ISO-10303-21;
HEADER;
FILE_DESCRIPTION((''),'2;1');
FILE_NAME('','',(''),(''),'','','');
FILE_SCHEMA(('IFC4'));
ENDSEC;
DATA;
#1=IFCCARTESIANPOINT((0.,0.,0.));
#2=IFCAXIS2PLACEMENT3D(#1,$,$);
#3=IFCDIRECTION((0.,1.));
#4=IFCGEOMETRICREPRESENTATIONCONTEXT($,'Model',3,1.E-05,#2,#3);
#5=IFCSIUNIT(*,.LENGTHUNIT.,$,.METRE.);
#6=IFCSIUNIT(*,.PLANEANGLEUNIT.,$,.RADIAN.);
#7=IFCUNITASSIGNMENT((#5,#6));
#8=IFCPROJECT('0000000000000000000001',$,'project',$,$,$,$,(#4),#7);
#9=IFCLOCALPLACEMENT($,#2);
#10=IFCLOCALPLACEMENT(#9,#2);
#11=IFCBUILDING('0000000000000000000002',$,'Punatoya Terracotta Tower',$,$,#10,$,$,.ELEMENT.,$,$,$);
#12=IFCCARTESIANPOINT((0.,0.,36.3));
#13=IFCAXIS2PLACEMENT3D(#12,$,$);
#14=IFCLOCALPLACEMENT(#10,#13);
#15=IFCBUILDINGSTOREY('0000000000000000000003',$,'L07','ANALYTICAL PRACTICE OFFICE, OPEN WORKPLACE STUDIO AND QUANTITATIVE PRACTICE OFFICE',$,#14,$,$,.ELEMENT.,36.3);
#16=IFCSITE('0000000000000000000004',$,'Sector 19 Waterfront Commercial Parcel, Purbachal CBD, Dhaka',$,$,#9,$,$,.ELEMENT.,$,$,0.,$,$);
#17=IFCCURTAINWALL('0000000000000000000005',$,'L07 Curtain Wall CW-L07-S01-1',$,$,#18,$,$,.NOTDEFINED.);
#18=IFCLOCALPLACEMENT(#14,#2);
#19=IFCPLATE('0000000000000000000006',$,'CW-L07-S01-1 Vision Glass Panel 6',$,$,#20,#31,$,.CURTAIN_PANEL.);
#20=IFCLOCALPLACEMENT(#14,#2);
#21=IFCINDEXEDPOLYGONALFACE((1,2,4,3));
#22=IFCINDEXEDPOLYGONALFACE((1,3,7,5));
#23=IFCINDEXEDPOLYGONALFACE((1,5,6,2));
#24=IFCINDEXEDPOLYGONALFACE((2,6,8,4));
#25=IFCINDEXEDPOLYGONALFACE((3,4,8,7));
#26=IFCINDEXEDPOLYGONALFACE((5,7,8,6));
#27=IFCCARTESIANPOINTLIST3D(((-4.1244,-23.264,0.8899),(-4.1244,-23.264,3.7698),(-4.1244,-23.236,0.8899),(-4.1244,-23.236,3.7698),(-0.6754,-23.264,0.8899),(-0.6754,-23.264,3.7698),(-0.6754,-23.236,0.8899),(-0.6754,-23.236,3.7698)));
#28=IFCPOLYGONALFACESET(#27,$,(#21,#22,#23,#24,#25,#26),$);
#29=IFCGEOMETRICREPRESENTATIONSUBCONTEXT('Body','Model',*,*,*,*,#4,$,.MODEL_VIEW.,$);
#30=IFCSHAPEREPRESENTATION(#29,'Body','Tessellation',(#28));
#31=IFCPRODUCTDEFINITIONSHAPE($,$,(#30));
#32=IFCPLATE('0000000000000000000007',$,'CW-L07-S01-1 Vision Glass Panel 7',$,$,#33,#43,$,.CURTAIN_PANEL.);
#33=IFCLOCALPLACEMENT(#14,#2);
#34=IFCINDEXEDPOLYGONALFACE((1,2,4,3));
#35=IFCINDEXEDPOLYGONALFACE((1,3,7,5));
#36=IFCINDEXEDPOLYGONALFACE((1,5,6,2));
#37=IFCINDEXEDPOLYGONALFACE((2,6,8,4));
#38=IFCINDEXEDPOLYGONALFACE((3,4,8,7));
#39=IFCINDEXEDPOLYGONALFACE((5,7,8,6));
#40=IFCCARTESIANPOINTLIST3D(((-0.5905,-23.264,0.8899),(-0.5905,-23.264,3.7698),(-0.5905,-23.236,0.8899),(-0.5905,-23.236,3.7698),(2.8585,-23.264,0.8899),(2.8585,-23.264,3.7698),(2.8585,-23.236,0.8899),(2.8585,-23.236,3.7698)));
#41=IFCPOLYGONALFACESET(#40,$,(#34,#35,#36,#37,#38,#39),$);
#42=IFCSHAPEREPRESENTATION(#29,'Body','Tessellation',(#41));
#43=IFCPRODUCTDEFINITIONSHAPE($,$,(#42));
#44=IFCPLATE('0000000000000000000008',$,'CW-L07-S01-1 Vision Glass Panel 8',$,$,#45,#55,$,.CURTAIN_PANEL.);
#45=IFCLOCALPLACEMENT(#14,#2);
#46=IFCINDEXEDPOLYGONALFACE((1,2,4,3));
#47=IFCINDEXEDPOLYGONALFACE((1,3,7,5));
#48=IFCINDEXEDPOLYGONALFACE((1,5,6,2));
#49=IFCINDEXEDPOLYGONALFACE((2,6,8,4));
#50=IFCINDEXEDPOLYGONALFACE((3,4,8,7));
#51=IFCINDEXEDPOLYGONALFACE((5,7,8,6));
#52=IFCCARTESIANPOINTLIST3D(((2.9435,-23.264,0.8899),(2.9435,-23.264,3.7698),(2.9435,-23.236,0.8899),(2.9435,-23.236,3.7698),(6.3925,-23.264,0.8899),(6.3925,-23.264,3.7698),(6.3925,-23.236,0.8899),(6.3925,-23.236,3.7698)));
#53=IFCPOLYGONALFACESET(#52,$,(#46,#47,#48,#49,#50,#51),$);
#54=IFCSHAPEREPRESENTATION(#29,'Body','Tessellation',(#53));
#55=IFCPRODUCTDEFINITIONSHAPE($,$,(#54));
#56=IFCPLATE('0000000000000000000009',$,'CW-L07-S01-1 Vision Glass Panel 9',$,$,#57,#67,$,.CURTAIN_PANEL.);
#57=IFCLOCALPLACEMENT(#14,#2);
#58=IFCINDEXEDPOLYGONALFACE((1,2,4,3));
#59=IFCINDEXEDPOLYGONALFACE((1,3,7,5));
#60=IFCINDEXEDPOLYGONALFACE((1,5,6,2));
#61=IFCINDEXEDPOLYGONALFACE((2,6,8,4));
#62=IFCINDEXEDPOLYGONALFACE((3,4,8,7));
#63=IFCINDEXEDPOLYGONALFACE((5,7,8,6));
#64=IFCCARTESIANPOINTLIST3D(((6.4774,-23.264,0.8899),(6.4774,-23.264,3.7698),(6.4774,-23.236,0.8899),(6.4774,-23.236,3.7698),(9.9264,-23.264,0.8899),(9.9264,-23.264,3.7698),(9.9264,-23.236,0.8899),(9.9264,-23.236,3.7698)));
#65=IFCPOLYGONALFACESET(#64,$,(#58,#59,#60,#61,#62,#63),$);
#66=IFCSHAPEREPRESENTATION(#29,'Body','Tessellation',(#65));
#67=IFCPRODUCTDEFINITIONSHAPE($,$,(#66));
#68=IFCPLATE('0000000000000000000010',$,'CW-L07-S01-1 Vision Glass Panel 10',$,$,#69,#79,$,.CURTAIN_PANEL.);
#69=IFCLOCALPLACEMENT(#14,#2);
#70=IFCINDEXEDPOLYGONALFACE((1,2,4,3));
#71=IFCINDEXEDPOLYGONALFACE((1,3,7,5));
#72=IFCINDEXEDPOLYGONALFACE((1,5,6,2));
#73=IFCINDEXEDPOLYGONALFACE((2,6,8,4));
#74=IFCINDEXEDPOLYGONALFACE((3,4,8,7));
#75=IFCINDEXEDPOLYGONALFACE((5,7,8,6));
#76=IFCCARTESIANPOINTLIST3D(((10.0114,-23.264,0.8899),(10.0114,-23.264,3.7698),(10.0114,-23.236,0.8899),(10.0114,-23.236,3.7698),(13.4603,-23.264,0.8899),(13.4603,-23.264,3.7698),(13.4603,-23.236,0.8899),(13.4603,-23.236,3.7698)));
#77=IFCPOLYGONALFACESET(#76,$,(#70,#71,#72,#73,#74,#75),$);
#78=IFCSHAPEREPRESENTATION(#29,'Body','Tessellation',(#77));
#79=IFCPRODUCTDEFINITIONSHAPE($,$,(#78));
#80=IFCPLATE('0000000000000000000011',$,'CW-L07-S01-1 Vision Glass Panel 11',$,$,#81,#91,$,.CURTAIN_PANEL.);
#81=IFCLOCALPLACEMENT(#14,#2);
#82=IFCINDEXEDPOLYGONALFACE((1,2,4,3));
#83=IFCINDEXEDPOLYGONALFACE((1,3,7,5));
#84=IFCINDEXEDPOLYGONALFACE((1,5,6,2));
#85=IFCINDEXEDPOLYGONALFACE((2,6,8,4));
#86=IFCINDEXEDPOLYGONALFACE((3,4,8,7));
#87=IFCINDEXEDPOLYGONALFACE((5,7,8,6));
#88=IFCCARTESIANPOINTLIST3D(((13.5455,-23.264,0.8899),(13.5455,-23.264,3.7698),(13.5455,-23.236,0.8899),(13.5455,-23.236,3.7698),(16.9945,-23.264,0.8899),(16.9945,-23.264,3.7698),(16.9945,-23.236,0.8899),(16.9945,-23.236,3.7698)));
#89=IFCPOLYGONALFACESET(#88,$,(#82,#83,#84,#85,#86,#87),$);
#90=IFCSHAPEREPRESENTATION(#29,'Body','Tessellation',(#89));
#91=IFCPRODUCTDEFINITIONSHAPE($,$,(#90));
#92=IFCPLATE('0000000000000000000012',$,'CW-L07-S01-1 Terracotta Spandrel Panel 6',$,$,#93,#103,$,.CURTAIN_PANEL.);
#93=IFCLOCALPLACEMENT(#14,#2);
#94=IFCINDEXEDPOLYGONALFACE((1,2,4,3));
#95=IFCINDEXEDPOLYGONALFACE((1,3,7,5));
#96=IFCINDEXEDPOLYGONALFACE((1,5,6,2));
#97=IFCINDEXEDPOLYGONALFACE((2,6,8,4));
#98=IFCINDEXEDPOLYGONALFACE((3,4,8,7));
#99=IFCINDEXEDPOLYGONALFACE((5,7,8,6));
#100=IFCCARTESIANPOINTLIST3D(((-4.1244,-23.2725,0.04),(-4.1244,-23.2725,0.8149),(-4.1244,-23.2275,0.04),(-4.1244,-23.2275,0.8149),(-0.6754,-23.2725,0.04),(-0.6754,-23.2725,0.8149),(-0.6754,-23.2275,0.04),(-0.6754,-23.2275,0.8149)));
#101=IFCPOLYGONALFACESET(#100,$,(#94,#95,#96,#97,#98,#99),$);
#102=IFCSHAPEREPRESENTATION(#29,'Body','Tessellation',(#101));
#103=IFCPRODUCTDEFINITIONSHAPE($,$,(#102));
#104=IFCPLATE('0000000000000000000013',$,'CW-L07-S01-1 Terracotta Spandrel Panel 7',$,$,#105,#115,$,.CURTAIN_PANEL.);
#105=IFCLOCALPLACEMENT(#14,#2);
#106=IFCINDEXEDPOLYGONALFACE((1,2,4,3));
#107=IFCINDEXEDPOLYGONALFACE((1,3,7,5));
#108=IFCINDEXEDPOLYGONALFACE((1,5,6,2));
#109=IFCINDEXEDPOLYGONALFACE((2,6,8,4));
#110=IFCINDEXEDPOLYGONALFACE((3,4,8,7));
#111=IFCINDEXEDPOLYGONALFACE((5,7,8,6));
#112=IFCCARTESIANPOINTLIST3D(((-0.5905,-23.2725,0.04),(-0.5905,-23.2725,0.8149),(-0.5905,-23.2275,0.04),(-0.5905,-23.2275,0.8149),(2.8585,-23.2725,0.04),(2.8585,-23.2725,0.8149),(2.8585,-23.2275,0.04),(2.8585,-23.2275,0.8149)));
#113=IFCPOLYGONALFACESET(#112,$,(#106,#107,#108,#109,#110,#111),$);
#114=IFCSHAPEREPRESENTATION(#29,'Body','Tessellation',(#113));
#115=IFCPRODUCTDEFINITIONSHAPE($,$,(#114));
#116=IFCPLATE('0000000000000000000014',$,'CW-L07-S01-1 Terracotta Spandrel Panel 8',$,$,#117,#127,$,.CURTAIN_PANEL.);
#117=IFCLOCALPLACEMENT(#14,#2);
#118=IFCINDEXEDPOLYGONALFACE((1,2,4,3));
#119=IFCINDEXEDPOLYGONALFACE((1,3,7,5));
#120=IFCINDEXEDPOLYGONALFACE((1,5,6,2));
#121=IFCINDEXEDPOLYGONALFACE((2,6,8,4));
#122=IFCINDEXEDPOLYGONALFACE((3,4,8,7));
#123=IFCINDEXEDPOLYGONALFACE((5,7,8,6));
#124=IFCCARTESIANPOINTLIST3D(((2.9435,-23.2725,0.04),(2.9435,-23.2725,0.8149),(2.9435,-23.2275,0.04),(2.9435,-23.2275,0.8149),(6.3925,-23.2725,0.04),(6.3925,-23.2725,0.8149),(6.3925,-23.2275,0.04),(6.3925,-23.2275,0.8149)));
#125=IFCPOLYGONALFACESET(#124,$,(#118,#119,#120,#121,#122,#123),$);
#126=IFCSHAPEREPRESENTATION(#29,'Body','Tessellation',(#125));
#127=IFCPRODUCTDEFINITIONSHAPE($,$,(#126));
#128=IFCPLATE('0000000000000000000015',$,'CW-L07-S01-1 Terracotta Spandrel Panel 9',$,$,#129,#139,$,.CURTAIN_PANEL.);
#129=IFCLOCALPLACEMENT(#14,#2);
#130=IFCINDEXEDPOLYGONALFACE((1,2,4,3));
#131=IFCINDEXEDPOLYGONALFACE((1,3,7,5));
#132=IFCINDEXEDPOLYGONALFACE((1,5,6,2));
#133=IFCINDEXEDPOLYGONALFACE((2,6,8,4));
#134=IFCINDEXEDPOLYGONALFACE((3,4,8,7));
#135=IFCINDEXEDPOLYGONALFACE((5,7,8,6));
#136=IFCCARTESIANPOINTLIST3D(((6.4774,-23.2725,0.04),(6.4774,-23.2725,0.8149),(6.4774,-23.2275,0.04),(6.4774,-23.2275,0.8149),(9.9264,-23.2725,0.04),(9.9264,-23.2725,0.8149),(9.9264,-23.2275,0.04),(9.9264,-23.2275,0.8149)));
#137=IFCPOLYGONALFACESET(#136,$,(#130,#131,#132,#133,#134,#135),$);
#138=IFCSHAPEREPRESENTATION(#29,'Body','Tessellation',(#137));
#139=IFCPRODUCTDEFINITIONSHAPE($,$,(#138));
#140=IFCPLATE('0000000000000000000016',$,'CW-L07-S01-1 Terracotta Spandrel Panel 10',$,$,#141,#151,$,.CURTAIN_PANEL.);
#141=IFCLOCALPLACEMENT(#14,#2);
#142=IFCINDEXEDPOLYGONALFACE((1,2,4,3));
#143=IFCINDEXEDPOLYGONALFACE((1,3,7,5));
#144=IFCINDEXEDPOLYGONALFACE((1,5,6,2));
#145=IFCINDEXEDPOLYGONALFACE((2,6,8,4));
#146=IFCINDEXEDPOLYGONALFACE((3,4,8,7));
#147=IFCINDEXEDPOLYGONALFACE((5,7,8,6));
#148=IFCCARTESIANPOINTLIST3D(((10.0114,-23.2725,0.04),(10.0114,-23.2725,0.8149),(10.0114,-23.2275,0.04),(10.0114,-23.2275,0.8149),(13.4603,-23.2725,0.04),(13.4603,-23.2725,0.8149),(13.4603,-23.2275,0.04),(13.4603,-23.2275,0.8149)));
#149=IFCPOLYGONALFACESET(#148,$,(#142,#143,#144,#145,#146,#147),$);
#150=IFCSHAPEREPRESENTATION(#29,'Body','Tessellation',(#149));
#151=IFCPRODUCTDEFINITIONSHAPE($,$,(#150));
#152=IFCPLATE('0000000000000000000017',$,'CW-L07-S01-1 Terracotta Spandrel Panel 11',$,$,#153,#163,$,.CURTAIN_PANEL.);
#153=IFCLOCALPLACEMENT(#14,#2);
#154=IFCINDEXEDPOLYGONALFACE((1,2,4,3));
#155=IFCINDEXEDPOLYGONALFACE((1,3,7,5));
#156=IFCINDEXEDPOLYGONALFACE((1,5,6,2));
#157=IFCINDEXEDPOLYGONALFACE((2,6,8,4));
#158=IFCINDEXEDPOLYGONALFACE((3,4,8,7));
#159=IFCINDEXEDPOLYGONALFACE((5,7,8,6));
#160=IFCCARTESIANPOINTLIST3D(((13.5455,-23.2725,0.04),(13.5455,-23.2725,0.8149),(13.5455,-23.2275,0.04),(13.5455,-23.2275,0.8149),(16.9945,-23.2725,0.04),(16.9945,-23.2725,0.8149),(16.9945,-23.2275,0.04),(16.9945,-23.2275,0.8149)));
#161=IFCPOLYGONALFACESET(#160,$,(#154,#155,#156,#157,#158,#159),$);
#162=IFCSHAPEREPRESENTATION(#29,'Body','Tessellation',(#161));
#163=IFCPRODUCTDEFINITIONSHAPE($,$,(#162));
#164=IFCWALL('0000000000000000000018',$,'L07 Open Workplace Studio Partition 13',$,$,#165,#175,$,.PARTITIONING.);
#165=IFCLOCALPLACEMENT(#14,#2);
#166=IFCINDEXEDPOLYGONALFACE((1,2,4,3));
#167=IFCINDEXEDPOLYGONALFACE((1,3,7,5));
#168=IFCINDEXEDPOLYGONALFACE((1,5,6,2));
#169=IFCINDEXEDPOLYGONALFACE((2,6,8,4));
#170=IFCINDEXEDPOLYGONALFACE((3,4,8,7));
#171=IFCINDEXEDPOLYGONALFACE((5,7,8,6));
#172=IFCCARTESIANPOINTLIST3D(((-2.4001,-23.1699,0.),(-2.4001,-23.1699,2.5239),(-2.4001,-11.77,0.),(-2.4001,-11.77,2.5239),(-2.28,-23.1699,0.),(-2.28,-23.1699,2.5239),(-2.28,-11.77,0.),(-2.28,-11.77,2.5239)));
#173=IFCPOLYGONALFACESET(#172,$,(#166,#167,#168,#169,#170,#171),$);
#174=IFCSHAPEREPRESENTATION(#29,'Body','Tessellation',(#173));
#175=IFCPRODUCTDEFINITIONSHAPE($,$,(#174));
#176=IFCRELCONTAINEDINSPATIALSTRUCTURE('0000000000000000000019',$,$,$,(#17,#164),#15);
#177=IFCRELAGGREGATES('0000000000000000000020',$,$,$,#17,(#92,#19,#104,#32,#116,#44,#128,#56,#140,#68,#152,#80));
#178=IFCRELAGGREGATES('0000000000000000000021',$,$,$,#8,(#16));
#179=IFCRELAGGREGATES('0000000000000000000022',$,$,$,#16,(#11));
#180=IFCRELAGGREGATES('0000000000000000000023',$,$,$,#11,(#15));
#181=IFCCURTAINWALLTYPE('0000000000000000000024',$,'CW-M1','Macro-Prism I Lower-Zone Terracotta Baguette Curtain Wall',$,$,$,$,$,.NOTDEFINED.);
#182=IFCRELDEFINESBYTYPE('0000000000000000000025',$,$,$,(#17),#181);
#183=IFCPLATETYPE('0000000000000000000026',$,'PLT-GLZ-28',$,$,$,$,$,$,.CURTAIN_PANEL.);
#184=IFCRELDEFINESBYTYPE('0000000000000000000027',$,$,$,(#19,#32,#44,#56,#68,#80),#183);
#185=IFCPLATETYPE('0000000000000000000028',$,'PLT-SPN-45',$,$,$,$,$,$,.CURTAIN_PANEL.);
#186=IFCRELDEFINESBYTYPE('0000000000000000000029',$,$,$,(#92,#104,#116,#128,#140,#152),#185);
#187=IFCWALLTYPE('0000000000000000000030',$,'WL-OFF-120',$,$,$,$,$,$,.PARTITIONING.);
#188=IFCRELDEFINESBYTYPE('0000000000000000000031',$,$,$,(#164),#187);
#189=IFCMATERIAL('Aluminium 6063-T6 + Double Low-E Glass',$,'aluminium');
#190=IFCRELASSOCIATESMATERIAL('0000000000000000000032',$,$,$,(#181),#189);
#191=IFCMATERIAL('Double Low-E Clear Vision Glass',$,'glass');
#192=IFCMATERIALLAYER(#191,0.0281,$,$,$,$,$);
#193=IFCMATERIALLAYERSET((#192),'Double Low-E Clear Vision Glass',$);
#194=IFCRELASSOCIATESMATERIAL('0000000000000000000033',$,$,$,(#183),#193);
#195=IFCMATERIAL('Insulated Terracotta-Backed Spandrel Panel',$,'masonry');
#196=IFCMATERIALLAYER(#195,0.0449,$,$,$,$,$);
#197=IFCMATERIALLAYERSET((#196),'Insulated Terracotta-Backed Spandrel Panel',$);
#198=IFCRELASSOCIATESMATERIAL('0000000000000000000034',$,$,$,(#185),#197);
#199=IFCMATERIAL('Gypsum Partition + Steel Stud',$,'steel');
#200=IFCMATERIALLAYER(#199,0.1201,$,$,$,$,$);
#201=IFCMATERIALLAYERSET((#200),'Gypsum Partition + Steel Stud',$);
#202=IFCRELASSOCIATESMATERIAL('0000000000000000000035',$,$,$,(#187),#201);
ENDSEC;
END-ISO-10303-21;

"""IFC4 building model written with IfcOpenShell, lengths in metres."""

from ifc_helpers import new_model, si_unit, direction, frame, frame_2d, origin, origin_2d, place, context, subcontext, project, spatial, rectangle, extrude, material, layer, layer_set, type_object, element, aggregate, save


model = new_model("IFC4")

# Units and contexts
model_context = context("Model", 3, precision=1e-05, world=origin(), true_north=direction((0.0, 1.0)))
body_context = subcontext(model_context, "Body", "Model", "MODEL_VIEW")
ifc_project = project(units=[si_unit("LENGTHUNIT", "METRE"), si_unit("PLANEANGLEUNIT", "RADIAN")], contexts=[model_context])

# Site, building, storey
site_placement = place(None, origin())
site = spatial("IfcSite", under=ifc_project, at=site_placement, Name="Sector 19 Waterfront Commercial Parcel, Purbachal CBD, Dhaka", CompositionType="ELEMENT", RefElevation=0.0)
building_placement = place(site_placement, origin())
building = spatial("IfcBuilding", under=site, at=building_placement, Name="Punatoya Terracotta Tower", CompositionType="ELEMENT")
storey_placement = place(building_placement, frame((0.0, 0.0, 36.3)))
storey = spatial("IfcBuildingStorey", under=building, at=storey_placement, Name="L07", Description="ANALYTICAL PRACTICE OFFICE, OPEN WORKPLACE STUDIO AND QUANTITATIVE PRACTICE OFFICE", CompositionType="ELEMENT", Elevation=36.3)

# Curtain wall
ifc_material_1 = material(Name="Aluminium 6063-T6 + Double Low-E Glass", Category="aluminium")
curtain_wall_type = type_object("IfcCurtainWallType", Name="CW-M1", Description="Macro-Prism I Lower-Zone Terracotta Baguette Curtain Wall", PredefinedType="NOTDEFINED", material=ifc_material_1)
curtain_wall_1_placement = place(storey_placement, origin())
curtain_wall_1 = element("IfcCurtainWall", 1, at=curtain_wall_1_placement, inside=storey, type_object=curtain_wall_type, Name="L07 Curtain Wall CW-L07-S01-1", PredefinedType="NOTDEFINED")

# Plates
ifc_material_2 = material(Name="Double Low-E Clear Vision Glass", Category="glass")
ifc_layer_1 = layer(ifc_material_2, 0.0281)
ifc_layer_set_1 = layer_set([ifc_layer_1], Name="Double Low-E Clear Vision Glass")
plate_type_1 = type_object("IfcPlateType", Name="PLT-GLZ-28", PredefinedType="CURTAIN_PANEL", material=ifc_layer_set_1)
plate_1_placement = place(storey_placement, frame((-2.3999, -23.25, 0.8899), z_axis=(0.0, 0.0, 1.0), x_axis=(1.0, 0.0, 0.0)))
plate_1 = element("IfcPlate", 2, at=plate_1_placement, type_object=plate_type_1, Name="CW-L07-S01-1 Vision Glass Panel 6", PredefinedType="CURTAIN_PANEL", context=body_context, shape_type="SweptSolid", body=[
    extrude(rectangle(XDim=3.449, YDim=0.0281, at=origin_2d()), origin(), (0.0, 0.0, 1.0), 2.8799),
])
plate_2_placement = place(storey_placement, frame((1.134, -23.25, 0.8899), z_axis=(0.0, 0.0, 1.0), x_axis=(1.0, 0.0, 0.0)))
plate_2 = element("IfcPlate", 3, at=plate_2_placement, type_object=plate_type_1, Name="CW-L07-S01-1 Vision Glass Panel 7", PredefinedType="CURTAIN_PANEL", context=body_context, shape_type="SweptSolid", body=[
    extrude(rectangle(XDim=3.449, YDim=0.0281, at=origin_2d()), origin(), (0.0, 0.0, 1.0), 2.8799),
])
plate_3_placement = place(storey_placement, frame((4.668, -23.25, 0.8899), z_axis=(0.0, 0.0, 1.0), x_axis=(1.0, 0.0, 0.0)))
plate_3 = element("IfcPlate", 4, at=plate_3_placement, type_object=plate_type_1, Name="CW-L07-S01-1 Vision Glass Panel 8", PredefinedType="CURTAIN_PANEL", context=body_context, shape_type="SweptSolid", body=[
    extrude(rectangle(XDim=3.449, YDim=0.0281, at=origin_2d()), origin(), (0.0, 0.0, 1.0), 2.8799),
])
plate_4_placement = place(storey_placement, frame((8.2019, -23.25, 0.8899), z_axis=(0.0, 0.0, 1.0), x_axis=(1.0, 0.0, 0.0)))
plate_4 = element("IfcPlate", 5, at=plate_4_placement, type_object=plate_type_1, Name="CW-L07-S01-1 Vision Glass Panel 9", PredefinedType="CURTAIN_PANEL", context=body_context, shape_type="SweptSolid", body=[
    extrude(rectangle(XDim=3.449, YDim=0.0281, at=origin_2d()), origin(), (0.0, 0.0, 1.0), 2.8799),
])
plate_5_placement = place(storey_placement, frame((11.7358, -23.25, 0.8899), z_axis=(0.0, 0.0, 1.0), x_axis=(1.0, 0.0, 0.0)))
plate_5 = element("IfcPlate", 6, at=plate_5_placement, type_object=plate_type_1, Name="CW-L07-S01-1 Vision Glass Panel 10", PredefinedType="CURTAIN_PANEL", context=body_context, shape_type="SweptSolid", body=[
    extrude(rectangle(XDim=3.449, YDim=0.0281, at=origin_2d()), origin(), (0.0, 0.0, 1.0), 2.8799),
])
plate_6_placement = place(storey_placement, frame((15.27, -23.25, 0.8899), z_axis=(0.0, 0.0, 1.0), x_axis=(1.0, 0.0, 0.0)))
plate_6 = element("IfcPlate", 7, at=plate_6_placement, type_object=plate_type_1, Name="CW-L07-S01-1 Vision Glass Panel 11", PredefinedType="CURTAIN_PANEL", context=body_context, shape_type="SweptSolid", body=[
    extrude(rectangle(XDim=3.449, YDim=0.0281, at=origin_2d()), origin(), (0.0, 0.0, 1.0), 2.8799),
])
ifc_material_3 = material(Name="Insulated Terracotta-Backed Spandrel Panel", Category="masonry")
ifc_layer_2 = layer(ifc_material_3, 0.0449)
ifc_layer_set_2 = layer_set([ifc_layer_2], Name="Insulated Terracotta-Backed Spandrel Panel")
plate_type_2 = type_object("IfcPlateType", Name="PLT-SPN-45", PredefinedType="CURTAIN_PANEL", material=ifc_layer_set_2)
plate_7_placement = place(storey_placement, frame((-2.3999, -23.25, 0.04), z_axis=(0.0, 0.0, 1.0), x_axis=(1.0, 0.0, 0.0)))
plate_7 = element("IfcPlate", 8, at=plate_7_placement, type_object=plate_type_2, Name="CW-L07-S01-1 Terracotta Spandrel Panel 6", PredefinedType="CURTAIN_PANEL", context=body_context, shape_type="SweptSolid", body=[
    extrude(rectangle(XDim=3.449, YDim=0.0449, at=origin_2d()), origin(), (0.0, 0.0, 1.0), 0.7749),
])
plate_8_placement = place(storey_placement, frame((1.134, -23.25, 0.04), z_axis=(0.0, 0.0, 1.0), x_axis=(1.0, 0.0, 0.0)))
plate_8 = element("IfcPlate", 9, at=plate_8_placement, type_object=plate_type_2, Name="CW-L07-S01-1 Terracotta Spandrel Panel 7", PredefinedType="CURTAIN_PANEL", context=body_context, shape_type="SweptSolid", body=[
    extrude(rectangle(XDim=3.449, YDim=0.0449, at=origin_2d()), origin(), (0.0, 0.0, 1.0), 0.7749),
])
plate_9_placement = place(storey_placement, frame((4.668, -23.25, 0.04), z_axis=(0.0, 0.0, 1.0), x_axis=(1.0, 0.0, 0.0)))
plate_9 = element("IfcPlate", 10, at=plate_9_placement, type_object=plate_type_2, Name="CW-L07-S01-1 Terracotta Spandrel Panel 8", PredefinedType="CURTAIN_PANEL", context=body_context, shape_type="SweptSolid", body=[
    extrude(rectangle(XDim=3.449, YDim=0.0449, at=origin_2d()), origin(), (0.0, 0.0, 1.0), 0.7749),
])
plate_10_placement = place(storey_placement, frame((8.2019, -23.25, 0.04), z_axis=(0.0, 0.0, 1.0), x_axis=(1.0, 0.0, 0.0)))
plate_10 = element("IfcPlate", 11, at=plate_10_placement, type_object=plate_type_2, Name="CW-L07-S01-1 Terracotta Spandrel Panel 9", PredefinedType="CURTAIN_PANEL", context=body_context, shape_type="SweptSolid", body=[
    extrude(rectangle(XDim=3.449, YDim=0.0449, at=origin_2d()), origin(), (0.0, 0.0, 1.0), 0.7749),
])
plate_11_placement = place(storey_placement, frame((11.7358, -23.25, 0.04), z_axis=(0.0, 0.0, 1.0), x_axis=(1.0, 0.0, 0.0)))
plate_11 = element("IfcPlate", 12, at=plate_11_placement, type_object=plate_type_2, Name="CW-L07-S01-1 Terracotta Spandrel Panel 10", PredefinedType="CURTAIN_PANEL", context=body_context, shape_type="SweptSolid", body=[
    extrude(rectangle(XDim=3.449, YDim=0.0449, at=origin_2d()), origin(), (0.0, 0.0, 1.0), 0.7749),
])
plate_12_placement = place(storey_placement, frame((15.27, -23.25, 0.04), z_axis=(0.0, 0.0, 1.0), x_axis=(1.0, 0.0, 0.0)))
plate_12 = element("IfcPlate", 13, at=plate_12_placement, type_object=plate_type_2, Name="CW-L07-S01-1 Terracotta Spandrel Panel 11", PredefinedType="CURTAIN_PANEL", context=body_context, shape_type="SweptSolid", body=[
    extrude(rectangle(XDim=3.449, YDim=0.0449, at=origin_2d()), origin(), (0.0, 0.0, 1.0), 0.7749),
])
aggregate(curtain_wall_1, [plate_7, plate_1, plate_8, plate_2, plate_9, plate_3, plate_10, plate_4, plate_11, plate_5, plate_12, plate_6])

# Wall
ifc_material_4 = material(Name="Gypsum Partition + Steel Stud", Category="steel")
ifc_layer_3 = layer(ifc_material_4, 0.1201)
ifc_layer_set_3 = layer_set([ifc_layer_3], Name="Gypsum Partition + Steel Stud")
wall_type = type_object("IfcWallType", Name="WL-OFF-120", PredefinedType="PARTITIONING", material=ifc_layer_set_3)
wall_placement = place(storey_placement, frame((-2.3401, -23.1699, 0.0), z_axis=(0.0, 0.0, 1.0), x_axis=(0.0, 1.0, 0.0)))
element("IfcWall", 14, at=wall_placement, inside=storey, type_object=wall_type, Name="L07 Open Workplace Studio Partition 13", PredefinedType="PARTITIONING", context=body_context, shape_type="SweptSolid", body=[
    extrude(rectangle(XDim=11.3999, YDim=0.1201, at=frame_2d((5.7, 0.0))), origin(), (0.0, 0.0, 1.0), 2.5239),
])

save(model, "model.ifc")
